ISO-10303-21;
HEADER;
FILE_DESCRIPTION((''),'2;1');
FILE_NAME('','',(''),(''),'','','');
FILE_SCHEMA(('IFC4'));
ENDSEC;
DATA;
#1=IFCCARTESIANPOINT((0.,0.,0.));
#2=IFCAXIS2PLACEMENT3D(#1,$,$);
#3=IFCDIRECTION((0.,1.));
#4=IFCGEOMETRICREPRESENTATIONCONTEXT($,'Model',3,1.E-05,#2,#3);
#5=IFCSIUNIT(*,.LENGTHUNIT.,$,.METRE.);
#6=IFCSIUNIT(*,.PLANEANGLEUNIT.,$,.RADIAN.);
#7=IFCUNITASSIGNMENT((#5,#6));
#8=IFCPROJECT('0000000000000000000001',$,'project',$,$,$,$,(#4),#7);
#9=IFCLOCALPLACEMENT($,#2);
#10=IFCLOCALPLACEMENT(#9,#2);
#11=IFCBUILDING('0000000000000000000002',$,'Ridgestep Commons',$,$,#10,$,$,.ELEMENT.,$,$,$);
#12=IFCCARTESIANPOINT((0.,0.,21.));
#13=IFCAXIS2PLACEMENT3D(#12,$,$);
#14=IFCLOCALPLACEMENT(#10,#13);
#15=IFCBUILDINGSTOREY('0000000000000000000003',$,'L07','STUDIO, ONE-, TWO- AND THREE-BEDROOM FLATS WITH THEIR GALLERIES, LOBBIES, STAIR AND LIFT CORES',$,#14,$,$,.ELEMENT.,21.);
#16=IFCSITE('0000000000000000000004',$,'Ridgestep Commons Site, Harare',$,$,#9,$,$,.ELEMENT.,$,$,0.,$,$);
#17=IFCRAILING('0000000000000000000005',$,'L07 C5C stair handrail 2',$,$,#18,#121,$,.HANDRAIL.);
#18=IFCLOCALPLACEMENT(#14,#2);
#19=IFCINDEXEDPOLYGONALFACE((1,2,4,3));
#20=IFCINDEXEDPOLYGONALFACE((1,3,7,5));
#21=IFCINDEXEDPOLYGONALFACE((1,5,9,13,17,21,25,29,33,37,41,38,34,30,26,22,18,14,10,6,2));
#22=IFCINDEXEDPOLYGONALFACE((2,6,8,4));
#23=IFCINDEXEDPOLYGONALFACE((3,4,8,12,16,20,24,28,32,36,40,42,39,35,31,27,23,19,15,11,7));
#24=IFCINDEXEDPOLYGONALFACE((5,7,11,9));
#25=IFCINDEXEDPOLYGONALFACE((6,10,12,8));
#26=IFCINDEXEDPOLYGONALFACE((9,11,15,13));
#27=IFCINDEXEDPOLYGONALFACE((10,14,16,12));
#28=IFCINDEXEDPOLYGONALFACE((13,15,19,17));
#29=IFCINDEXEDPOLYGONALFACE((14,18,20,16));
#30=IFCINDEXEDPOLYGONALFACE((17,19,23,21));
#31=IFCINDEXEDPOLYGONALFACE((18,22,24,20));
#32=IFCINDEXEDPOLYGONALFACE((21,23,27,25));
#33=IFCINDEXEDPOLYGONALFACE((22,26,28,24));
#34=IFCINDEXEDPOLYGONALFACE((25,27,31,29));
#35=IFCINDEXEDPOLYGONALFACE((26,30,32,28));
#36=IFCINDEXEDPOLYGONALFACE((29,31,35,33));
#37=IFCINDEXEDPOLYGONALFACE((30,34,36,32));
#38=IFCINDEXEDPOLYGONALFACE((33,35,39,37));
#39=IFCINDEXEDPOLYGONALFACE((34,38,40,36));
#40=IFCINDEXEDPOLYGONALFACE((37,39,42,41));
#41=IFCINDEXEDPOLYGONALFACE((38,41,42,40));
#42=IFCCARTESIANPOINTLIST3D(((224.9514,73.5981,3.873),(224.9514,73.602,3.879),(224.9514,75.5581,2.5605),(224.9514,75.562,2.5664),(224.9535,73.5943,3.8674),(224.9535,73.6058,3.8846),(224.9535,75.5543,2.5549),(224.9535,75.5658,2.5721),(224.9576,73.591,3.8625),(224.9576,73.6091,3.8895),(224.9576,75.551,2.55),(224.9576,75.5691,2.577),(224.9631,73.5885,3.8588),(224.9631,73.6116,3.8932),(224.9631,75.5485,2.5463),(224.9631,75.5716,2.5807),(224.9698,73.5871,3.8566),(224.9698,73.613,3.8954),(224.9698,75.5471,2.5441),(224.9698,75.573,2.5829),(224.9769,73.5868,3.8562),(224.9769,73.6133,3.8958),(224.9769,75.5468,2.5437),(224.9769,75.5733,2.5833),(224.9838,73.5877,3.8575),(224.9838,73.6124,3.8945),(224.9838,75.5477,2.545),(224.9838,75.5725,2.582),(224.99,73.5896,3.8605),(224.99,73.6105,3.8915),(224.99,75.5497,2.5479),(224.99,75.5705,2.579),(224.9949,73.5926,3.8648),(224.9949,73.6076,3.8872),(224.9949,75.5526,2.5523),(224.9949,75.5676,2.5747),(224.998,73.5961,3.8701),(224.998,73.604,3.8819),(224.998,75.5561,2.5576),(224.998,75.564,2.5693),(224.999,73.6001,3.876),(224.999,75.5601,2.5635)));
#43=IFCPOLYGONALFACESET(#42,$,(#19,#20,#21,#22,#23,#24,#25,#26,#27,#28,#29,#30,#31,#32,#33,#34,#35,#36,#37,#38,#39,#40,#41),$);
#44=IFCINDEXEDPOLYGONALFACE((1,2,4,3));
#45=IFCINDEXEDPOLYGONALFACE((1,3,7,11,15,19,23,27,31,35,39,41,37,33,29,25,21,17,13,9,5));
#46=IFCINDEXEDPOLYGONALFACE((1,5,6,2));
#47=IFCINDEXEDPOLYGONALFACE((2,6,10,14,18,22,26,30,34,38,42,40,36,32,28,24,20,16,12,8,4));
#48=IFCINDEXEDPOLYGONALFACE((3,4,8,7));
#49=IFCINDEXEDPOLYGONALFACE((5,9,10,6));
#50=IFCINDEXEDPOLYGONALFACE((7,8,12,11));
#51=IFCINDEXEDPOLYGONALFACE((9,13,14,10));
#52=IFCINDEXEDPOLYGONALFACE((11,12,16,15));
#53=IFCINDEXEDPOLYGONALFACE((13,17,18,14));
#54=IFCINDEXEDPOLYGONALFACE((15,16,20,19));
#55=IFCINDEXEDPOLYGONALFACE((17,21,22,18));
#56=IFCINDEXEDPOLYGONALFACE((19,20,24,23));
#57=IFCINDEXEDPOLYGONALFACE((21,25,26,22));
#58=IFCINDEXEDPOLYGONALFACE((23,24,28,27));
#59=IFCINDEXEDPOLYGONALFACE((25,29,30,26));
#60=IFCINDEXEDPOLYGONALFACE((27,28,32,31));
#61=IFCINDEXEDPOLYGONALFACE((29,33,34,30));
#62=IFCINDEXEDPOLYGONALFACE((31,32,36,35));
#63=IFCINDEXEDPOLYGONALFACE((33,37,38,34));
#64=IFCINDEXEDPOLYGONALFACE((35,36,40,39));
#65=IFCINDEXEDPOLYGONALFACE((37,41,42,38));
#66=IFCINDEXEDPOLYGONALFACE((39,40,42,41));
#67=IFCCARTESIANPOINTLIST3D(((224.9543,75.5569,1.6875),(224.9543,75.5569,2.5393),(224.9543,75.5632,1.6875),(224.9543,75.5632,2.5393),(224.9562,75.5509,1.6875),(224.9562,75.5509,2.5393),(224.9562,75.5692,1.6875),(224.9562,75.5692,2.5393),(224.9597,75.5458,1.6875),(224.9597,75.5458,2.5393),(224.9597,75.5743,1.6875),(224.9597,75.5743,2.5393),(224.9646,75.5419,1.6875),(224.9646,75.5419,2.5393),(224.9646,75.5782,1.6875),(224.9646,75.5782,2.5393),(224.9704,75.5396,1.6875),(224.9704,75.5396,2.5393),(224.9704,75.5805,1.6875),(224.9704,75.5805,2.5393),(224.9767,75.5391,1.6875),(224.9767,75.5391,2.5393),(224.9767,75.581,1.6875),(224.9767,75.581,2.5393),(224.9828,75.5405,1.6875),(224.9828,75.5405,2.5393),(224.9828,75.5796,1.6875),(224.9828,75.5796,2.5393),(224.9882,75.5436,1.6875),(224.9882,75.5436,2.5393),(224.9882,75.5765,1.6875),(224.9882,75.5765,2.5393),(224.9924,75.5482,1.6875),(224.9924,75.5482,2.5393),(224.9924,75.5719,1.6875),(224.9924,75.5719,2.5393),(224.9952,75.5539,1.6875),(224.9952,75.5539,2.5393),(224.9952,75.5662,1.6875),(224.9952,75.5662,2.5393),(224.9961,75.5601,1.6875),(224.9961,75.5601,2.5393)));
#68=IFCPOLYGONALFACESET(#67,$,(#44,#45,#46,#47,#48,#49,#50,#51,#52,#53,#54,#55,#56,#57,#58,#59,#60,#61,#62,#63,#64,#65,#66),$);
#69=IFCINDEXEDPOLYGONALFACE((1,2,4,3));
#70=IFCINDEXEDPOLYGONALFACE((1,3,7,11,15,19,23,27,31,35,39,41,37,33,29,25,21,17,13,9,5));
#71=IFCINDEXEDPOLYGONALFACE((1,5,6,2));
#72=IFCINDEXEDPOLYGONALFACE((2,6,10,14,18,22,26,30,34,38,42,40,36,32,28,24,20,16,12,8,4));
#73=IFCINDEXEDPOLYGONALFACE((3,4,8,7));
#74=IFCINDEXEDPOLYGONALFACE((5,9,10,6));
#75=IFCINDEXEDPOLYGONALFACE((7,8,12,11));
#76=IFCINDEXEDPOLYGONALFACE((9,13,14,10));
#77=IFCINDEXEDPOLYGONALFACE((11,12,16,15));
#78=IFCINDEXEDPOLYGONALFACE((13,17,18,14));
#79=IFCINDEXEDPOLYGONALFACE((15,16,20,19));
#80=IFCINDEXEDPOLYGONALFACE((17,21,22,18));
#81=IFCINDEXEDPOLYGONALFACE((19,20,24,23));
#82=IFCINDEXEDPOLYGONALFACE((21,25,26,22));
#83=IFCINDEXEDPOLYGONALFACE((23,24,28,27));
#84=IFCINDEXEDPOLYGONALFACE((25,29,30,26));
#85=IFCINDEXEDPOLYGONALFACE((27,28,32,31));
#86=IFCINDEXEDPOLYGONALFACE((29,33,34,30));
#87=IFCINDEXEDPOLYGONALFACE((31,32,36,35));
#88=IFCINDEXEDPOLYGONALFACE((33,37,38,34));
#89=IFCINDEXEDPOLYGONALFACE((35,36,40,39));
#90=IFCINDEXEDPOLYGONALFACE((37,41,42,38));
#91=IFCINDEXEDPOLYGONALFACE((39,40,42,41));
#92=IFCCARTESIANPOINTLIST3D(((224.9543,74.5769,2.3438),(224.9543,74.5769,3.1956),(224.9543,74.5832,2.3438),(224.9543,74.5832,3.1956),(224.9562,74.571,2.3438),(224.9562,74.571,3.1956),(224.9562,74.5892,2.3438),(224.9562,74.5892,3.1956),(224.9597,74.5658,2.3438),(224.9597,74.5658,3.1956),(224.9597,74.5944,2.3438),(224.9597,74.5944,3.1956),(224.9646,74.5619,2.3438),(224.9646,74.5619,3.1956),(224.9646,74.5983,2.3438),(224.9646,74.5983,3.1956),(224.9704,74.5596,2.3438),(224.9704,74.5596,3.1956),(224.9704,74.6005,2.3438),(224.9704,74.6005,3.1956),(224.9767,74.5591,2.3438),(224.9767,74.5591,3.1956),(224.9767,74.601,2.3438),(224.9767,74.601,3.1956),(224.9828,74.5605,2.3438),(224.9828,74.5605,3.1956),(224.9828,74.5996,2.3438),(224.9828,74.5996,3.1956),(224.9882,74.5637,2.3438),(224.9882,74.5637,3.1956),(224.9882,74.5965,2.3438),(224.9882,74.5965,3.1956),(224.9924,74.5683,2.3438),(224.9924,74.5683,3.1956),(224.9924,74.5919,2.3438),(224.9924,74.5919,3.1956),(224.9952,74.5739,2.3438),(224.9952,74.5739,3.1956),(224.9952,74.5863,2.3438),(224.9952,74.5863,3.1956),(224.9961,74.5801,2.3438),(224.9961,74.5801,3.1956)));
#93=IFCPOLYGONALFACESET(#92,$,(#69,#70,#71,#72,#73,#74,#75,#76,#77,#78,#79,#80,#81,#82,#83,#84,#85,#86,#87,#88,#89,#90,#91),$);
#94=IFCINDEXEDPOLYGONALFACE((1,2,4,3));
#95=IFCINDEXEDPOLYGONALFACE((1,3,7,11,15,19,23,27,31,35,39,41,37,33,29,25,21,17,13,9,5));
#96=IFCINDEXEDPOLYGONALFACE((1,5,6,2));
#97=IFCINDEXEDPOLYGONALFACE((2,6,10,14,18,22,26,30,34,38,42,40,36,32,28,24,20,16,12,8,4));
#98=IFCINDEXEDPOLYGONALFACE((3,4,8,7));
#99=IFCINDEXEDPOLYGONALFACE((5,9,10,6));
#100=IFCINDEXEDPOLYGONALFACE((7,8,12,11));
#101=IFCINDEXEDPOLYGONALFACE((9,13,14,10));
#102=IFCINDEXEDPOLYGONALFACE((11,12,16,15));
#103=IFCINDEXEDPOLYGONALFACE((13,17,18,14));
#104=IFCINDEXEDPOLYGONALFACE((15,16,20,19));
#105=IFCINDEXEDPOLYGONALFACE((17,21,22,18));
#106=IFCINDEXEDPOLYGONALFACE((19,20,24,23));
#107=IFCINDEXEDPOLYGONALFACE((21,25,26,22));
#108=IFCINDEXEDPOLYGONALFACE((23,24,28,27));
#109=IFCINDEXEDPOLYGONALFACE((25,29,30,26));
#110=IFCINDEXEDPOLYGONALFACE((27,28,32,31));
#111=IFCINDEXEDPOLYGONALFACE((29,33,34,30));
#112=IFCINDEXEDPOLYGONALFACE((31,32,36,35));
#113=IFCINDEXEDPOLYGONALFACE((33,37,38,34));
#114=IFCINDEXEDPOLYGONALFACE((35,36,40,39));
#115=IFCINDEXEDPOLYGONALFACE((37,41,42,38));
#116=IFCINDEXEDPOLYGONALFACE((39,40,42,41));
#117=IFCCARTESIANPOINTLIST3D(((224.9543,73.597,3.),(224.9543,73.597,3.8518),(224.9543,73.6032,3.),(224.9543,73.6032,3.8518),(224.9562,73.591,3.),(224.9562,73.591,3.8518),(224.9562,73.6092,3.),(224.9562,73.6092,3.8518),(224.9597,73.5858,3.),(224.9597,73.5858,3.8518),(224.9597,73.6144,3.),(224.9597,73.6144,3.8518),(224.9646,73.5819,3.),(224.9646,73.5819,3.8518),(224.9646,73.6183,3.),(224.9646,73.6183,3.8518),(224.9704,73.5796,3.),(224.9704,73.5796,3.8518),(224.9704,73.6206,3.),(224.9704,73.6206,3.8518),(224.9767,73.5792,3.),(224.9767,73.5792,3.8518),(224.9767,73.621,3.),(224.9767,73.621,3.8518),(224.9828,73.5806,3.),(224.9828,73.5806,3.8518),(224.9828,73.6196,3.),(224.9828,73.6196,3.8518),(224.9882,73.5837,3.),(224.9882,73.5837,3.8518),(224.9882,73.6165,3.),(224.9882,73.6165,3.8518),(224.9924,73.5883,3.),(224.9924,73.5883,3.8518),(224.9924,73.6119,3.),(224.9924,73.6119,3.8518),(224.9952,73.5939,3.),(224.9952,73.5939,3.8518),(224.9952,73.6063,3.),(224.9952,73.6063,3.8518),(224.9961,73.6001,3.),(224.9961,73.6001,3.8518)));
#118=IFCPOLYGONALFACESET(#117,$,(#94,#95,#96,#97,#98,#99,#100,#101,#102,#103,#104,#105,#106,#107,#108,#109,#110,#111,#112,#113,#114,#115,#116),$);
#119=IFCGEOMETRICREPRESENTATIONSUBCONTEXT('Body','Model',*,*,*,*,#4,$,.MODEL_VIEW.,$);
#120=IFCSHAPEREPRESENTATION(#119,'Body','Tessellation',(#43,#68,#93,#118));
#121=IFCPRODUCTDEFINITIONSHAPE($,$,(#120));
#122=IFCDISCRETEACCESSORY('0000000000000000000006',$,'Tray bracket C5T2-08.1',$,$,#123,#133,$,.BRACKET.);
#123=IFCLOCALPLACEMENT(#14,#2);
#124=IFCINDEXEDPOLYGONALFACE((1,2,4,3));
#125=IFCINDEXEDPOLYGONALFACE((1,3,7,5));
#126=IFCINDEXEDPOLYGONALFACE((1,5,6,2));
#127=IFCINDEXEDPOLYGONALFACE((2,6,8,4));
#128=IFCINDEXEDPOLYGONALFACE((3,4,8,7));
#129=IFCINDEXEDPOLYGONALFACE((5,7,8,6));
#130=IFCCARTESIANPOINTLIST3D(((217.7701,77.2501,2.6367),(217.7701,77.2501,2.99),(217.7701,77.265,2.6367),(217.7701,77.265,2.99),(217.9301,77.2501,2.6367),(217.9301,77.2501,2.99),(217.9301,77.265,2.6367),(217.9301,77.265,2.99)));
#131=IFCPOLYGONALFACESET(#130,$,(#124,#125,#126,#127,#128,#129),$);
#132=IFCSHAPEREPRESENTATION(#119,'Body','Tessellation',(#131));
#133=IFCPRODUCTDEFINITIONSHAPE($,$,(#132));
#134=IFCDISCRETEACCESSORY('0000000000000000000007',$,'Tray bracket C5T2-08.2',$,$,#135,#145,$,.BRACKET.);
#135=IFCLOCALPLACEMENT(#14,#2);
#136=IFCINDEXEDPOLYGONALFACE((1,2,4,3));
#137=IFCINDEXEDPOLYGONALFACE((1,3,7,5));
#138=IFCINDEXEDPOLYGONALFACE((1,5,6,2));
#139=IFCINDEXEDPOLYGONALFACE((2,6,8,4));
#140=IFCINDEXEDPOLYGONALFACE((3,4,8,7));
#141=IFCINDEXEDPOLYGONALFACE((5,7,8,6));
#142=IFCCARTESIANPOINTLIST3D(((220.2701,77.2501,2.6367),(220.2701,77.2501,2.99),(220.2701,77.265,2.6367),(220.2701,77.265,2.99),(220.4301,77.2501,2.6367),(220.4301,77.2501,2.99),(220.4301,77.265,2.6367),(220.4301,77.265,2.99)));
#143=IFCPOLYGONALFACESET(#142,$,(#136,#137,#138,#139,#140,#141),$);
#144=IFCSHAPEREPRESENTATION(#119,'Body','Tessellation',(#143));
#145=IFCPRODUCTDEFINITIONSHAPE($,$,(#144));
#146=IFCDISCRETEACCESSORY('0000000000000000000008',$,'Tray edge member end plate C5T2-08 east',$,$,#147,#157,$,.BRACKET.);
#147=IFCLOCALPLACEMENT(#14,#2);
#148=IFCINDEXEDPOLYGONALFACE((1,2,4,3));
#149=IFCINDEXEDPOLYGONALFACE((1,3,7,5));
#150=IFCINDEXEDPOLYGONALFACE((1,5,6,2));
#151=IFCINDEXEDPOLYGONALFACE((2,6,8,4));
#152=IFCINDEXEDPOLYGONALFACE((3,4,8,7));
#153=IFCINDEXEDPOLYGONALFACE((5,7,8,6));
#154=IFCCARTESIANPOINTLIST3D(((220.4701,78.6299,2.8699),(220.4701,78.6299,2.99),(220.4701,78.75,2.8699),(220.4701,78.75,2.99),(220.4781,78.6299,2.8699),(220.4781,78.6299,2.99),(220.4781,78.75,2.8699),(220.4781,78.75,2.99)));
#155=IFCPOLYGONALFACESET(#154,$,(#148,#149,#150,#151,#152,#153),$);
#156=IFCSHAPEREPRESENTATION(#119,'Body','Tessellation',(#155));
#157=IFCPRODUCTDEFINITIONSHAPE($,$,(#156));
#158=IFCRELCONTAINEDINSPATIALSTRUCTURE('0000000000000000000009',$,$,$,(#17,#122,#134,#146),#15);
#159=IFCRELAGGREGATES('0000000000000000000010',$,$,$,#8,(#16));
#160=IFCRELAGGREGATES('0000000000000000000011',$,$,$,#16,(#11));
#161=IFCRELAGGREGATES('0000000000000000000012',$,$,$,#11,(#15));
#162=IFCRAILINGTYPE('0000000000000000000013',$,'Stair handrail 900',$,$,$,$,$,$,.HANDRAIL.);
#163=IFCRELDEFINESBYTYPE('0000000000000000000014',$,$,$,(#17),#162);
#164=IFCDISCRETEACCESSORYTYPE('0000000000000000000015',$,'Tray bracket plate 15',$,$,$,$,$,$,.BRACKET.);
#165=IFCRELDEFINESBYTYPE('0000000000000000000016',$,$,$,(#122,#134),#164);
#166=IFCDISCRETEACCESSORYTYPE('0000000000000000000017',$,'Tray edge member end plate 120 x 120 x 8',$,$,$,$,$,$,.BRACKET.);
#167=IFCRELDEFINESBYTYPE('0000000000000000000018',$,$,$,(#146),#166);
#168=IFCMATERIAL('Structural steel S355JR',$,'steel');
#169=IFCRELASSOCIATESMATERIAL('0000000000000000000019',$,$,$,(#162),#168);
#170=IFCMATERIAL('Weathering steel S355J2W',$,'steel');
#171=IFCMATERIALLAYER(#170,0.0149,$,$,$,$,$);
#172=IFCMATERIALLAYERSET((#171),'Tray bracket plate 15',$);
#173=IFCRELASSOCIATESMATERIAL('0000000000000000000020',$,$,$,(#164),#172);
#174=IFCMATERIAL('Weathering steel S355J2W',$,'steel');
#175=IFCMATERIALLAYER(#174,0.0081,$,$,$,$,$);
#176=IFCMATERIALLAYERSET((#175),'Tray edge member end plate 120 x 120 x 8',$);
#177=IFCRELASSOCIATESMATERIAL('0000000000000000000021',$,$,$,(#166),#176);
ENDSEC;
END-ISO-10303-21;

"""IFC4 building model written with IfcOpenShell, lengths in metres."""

from ifc_helpers import new_model, si_unit, direction, frame, origin, origin_2d, place, context, subcontext, project, spatial, rectangle, circle, extrude, material, layer, layer_set, type_object, element, save


model = new_model("IFC4")

# Units and contexts
model_context = context("Model", 3, precision=1e-05, world=origin(), true_north=direction((0.0, 1.0)))
body_context = subcontext(model_context, "Body", "Model", "MODEL_VIEW")
ifc_project = project(units=[si_unit("LENGTHUNIT", "METRE"), si_unit("PLANEANGLEUNIT", "RADIAN")], contexts=[model_context])

# Site, building, storey
site_placement = place(None, origin())
site = spatial("IfcSite", under=ifc_project, at=site_placement, Name="Ridgestep Commons Site, Harare", CompositionType="ELEMENT", RefElevation=0.0)
building_placement = place(site_placement, origin())
building = spatial("IfcBuilding", under=site, at=building_placement, Name="Ridgestep Commons", CompositionType="ELEMENT")
storey_placement = place(building_placement, frame((0.0, 0.0, 21.0)))
storey = spatial("IfcBuildingStorey", under=building, at=storey_placement, Name="L07", Description="STUDIO, ONE-, TWO- AND THREE-BEDROOM FLATS WITH THEIR GALLERIES, LOBBIES, STAIR AND LIFT CORES", CompositionType="ELEMENT", Elevation=21.0)

# Railing
ifc_material_1 = material(Name="Structural steel S355JR", Category="steel")
railing_type_1 = type_object("IfcRailingType", Name="Stair handrail 900", PredefinedType="HANDRAIL", material=ifc_material_1)
railing_1_placement = place(storey_placement, frame((224.9751, 75.5601, 1.6875)))
element("IfcRailing", 1, at=railing_1_placement, inside=storey, type_object=railing_type_1, Name="L07 C5C stair handrail 2", PredefinedType="HANDRAIL", context=body_context, shape_type="SweptSolid", body=[
    extrude(circle(Radius=0.0239, at=origin_2d()), frame((0.0, 0.0, 0.876), z_axis=(0.0, -0.830902, 0.556419), x_axis=(1.0, 0.0, 0.0)), (0.0, 0.0, 1.0), 2.3589),
    extrude(circle(Radius=0.021, at=origin_2d()), origin(), (0.0, 0.0, 1.0), 0.8518),
    extrude(circle(Radius=0.021, at=origin_2d()), frame((0.0, -0.98, 0.6562)), (0.0, 0.0, 1.0), 0.8518),
    extrude(circle(Radius=0.021, at=origin_2d()), frame((0.0, -1.96, 1.3125)), (0.0, 0.0, 1.0), 0.8518),
])

# Discrete accessories
ifc_material_2 = material(Name="Weathering steel S355J2W", Category="steel")
ifc_layer_1 = layer(ifc_material_2, 0.0149)
ifc_layer_set_1 = layer_set([ifc_layer_1], Name="Tray bracket plate 15")
discrete_accessory_type_1 = type_object("IfcDiscreteAccessoryType", Name="Tray bracket plate 15", PredefinedType="BRACKET", material=ifc_layer_set_1)
for number, where, z_axis, x_axis, name in (
    (2, (217.8501, 77.2576, 2.6367), (0.0, 0.0, 1.0), (1.0, 0.0, 0.0), "Tray bracket C5T2-08.1"),
    (3, (220.3501, 77.2576, 2.6367), (0.0, 0.0, 1.0), (1.0, 0.0, 0.0), "Tray bracket C5T2-08.2"),
):
    element("IfcDiscreteAccessory", number, at=place(storey_placement, frame(where, z_axis=z_axis, x_axis=x_axis)), inside=storey, type_object=discrete_accessory_type_1, Name=name, PredefinedType="BRACKET", context=body_context, shape_type="SweptSolid", body=[
        extrude(rectangle(XDim=0.1599, YDim=0.0149, at=origin_2d()), origin(), (0.0, 0.0, 1.0), 0.3533),
    ])
ifc_material_3 = material(Name="Weathering steel S355J2W", Category="steel")
ifc_layer_2 = layer(ifc_material_3, 0.0081)
ifc_layer_set_2 = layer_set([ifc_layer_2], Name="Tray edge member end plate 120 x 120 x 8")
discrete_accessory_type_2 = type_object("IfcDiscreteAccessoryType", Name="Tray edge member end plate 120 x 120 x 8", PredefinedType="BRACKET", material=ifc_layer_set_2)
discrete_accessory_placement = place(storey_placement, frame((220.4741, 78.6899, 2.8699), z_axis=(0.0, 0.0, 1.0), x_axis=(1.0, 0.0, 0.0)))
element("IfcDiscreteAccessory", 4, at=discrete_accessory_placement, inside=storey, type_object=discrete_accessory_type_2, Name="Tray edge member end plate C5T2-08 east", PredefinedType="BRACKET", context=body_context, shape_type="SweptSolid", body=[
    extrude(rectangle(XDim=0.0081, YDim=0.1201, at=origin_2d()), origin(), (0.0, 0.0, 1.0), 0.1201),
])

save(model, "model.ifc")
